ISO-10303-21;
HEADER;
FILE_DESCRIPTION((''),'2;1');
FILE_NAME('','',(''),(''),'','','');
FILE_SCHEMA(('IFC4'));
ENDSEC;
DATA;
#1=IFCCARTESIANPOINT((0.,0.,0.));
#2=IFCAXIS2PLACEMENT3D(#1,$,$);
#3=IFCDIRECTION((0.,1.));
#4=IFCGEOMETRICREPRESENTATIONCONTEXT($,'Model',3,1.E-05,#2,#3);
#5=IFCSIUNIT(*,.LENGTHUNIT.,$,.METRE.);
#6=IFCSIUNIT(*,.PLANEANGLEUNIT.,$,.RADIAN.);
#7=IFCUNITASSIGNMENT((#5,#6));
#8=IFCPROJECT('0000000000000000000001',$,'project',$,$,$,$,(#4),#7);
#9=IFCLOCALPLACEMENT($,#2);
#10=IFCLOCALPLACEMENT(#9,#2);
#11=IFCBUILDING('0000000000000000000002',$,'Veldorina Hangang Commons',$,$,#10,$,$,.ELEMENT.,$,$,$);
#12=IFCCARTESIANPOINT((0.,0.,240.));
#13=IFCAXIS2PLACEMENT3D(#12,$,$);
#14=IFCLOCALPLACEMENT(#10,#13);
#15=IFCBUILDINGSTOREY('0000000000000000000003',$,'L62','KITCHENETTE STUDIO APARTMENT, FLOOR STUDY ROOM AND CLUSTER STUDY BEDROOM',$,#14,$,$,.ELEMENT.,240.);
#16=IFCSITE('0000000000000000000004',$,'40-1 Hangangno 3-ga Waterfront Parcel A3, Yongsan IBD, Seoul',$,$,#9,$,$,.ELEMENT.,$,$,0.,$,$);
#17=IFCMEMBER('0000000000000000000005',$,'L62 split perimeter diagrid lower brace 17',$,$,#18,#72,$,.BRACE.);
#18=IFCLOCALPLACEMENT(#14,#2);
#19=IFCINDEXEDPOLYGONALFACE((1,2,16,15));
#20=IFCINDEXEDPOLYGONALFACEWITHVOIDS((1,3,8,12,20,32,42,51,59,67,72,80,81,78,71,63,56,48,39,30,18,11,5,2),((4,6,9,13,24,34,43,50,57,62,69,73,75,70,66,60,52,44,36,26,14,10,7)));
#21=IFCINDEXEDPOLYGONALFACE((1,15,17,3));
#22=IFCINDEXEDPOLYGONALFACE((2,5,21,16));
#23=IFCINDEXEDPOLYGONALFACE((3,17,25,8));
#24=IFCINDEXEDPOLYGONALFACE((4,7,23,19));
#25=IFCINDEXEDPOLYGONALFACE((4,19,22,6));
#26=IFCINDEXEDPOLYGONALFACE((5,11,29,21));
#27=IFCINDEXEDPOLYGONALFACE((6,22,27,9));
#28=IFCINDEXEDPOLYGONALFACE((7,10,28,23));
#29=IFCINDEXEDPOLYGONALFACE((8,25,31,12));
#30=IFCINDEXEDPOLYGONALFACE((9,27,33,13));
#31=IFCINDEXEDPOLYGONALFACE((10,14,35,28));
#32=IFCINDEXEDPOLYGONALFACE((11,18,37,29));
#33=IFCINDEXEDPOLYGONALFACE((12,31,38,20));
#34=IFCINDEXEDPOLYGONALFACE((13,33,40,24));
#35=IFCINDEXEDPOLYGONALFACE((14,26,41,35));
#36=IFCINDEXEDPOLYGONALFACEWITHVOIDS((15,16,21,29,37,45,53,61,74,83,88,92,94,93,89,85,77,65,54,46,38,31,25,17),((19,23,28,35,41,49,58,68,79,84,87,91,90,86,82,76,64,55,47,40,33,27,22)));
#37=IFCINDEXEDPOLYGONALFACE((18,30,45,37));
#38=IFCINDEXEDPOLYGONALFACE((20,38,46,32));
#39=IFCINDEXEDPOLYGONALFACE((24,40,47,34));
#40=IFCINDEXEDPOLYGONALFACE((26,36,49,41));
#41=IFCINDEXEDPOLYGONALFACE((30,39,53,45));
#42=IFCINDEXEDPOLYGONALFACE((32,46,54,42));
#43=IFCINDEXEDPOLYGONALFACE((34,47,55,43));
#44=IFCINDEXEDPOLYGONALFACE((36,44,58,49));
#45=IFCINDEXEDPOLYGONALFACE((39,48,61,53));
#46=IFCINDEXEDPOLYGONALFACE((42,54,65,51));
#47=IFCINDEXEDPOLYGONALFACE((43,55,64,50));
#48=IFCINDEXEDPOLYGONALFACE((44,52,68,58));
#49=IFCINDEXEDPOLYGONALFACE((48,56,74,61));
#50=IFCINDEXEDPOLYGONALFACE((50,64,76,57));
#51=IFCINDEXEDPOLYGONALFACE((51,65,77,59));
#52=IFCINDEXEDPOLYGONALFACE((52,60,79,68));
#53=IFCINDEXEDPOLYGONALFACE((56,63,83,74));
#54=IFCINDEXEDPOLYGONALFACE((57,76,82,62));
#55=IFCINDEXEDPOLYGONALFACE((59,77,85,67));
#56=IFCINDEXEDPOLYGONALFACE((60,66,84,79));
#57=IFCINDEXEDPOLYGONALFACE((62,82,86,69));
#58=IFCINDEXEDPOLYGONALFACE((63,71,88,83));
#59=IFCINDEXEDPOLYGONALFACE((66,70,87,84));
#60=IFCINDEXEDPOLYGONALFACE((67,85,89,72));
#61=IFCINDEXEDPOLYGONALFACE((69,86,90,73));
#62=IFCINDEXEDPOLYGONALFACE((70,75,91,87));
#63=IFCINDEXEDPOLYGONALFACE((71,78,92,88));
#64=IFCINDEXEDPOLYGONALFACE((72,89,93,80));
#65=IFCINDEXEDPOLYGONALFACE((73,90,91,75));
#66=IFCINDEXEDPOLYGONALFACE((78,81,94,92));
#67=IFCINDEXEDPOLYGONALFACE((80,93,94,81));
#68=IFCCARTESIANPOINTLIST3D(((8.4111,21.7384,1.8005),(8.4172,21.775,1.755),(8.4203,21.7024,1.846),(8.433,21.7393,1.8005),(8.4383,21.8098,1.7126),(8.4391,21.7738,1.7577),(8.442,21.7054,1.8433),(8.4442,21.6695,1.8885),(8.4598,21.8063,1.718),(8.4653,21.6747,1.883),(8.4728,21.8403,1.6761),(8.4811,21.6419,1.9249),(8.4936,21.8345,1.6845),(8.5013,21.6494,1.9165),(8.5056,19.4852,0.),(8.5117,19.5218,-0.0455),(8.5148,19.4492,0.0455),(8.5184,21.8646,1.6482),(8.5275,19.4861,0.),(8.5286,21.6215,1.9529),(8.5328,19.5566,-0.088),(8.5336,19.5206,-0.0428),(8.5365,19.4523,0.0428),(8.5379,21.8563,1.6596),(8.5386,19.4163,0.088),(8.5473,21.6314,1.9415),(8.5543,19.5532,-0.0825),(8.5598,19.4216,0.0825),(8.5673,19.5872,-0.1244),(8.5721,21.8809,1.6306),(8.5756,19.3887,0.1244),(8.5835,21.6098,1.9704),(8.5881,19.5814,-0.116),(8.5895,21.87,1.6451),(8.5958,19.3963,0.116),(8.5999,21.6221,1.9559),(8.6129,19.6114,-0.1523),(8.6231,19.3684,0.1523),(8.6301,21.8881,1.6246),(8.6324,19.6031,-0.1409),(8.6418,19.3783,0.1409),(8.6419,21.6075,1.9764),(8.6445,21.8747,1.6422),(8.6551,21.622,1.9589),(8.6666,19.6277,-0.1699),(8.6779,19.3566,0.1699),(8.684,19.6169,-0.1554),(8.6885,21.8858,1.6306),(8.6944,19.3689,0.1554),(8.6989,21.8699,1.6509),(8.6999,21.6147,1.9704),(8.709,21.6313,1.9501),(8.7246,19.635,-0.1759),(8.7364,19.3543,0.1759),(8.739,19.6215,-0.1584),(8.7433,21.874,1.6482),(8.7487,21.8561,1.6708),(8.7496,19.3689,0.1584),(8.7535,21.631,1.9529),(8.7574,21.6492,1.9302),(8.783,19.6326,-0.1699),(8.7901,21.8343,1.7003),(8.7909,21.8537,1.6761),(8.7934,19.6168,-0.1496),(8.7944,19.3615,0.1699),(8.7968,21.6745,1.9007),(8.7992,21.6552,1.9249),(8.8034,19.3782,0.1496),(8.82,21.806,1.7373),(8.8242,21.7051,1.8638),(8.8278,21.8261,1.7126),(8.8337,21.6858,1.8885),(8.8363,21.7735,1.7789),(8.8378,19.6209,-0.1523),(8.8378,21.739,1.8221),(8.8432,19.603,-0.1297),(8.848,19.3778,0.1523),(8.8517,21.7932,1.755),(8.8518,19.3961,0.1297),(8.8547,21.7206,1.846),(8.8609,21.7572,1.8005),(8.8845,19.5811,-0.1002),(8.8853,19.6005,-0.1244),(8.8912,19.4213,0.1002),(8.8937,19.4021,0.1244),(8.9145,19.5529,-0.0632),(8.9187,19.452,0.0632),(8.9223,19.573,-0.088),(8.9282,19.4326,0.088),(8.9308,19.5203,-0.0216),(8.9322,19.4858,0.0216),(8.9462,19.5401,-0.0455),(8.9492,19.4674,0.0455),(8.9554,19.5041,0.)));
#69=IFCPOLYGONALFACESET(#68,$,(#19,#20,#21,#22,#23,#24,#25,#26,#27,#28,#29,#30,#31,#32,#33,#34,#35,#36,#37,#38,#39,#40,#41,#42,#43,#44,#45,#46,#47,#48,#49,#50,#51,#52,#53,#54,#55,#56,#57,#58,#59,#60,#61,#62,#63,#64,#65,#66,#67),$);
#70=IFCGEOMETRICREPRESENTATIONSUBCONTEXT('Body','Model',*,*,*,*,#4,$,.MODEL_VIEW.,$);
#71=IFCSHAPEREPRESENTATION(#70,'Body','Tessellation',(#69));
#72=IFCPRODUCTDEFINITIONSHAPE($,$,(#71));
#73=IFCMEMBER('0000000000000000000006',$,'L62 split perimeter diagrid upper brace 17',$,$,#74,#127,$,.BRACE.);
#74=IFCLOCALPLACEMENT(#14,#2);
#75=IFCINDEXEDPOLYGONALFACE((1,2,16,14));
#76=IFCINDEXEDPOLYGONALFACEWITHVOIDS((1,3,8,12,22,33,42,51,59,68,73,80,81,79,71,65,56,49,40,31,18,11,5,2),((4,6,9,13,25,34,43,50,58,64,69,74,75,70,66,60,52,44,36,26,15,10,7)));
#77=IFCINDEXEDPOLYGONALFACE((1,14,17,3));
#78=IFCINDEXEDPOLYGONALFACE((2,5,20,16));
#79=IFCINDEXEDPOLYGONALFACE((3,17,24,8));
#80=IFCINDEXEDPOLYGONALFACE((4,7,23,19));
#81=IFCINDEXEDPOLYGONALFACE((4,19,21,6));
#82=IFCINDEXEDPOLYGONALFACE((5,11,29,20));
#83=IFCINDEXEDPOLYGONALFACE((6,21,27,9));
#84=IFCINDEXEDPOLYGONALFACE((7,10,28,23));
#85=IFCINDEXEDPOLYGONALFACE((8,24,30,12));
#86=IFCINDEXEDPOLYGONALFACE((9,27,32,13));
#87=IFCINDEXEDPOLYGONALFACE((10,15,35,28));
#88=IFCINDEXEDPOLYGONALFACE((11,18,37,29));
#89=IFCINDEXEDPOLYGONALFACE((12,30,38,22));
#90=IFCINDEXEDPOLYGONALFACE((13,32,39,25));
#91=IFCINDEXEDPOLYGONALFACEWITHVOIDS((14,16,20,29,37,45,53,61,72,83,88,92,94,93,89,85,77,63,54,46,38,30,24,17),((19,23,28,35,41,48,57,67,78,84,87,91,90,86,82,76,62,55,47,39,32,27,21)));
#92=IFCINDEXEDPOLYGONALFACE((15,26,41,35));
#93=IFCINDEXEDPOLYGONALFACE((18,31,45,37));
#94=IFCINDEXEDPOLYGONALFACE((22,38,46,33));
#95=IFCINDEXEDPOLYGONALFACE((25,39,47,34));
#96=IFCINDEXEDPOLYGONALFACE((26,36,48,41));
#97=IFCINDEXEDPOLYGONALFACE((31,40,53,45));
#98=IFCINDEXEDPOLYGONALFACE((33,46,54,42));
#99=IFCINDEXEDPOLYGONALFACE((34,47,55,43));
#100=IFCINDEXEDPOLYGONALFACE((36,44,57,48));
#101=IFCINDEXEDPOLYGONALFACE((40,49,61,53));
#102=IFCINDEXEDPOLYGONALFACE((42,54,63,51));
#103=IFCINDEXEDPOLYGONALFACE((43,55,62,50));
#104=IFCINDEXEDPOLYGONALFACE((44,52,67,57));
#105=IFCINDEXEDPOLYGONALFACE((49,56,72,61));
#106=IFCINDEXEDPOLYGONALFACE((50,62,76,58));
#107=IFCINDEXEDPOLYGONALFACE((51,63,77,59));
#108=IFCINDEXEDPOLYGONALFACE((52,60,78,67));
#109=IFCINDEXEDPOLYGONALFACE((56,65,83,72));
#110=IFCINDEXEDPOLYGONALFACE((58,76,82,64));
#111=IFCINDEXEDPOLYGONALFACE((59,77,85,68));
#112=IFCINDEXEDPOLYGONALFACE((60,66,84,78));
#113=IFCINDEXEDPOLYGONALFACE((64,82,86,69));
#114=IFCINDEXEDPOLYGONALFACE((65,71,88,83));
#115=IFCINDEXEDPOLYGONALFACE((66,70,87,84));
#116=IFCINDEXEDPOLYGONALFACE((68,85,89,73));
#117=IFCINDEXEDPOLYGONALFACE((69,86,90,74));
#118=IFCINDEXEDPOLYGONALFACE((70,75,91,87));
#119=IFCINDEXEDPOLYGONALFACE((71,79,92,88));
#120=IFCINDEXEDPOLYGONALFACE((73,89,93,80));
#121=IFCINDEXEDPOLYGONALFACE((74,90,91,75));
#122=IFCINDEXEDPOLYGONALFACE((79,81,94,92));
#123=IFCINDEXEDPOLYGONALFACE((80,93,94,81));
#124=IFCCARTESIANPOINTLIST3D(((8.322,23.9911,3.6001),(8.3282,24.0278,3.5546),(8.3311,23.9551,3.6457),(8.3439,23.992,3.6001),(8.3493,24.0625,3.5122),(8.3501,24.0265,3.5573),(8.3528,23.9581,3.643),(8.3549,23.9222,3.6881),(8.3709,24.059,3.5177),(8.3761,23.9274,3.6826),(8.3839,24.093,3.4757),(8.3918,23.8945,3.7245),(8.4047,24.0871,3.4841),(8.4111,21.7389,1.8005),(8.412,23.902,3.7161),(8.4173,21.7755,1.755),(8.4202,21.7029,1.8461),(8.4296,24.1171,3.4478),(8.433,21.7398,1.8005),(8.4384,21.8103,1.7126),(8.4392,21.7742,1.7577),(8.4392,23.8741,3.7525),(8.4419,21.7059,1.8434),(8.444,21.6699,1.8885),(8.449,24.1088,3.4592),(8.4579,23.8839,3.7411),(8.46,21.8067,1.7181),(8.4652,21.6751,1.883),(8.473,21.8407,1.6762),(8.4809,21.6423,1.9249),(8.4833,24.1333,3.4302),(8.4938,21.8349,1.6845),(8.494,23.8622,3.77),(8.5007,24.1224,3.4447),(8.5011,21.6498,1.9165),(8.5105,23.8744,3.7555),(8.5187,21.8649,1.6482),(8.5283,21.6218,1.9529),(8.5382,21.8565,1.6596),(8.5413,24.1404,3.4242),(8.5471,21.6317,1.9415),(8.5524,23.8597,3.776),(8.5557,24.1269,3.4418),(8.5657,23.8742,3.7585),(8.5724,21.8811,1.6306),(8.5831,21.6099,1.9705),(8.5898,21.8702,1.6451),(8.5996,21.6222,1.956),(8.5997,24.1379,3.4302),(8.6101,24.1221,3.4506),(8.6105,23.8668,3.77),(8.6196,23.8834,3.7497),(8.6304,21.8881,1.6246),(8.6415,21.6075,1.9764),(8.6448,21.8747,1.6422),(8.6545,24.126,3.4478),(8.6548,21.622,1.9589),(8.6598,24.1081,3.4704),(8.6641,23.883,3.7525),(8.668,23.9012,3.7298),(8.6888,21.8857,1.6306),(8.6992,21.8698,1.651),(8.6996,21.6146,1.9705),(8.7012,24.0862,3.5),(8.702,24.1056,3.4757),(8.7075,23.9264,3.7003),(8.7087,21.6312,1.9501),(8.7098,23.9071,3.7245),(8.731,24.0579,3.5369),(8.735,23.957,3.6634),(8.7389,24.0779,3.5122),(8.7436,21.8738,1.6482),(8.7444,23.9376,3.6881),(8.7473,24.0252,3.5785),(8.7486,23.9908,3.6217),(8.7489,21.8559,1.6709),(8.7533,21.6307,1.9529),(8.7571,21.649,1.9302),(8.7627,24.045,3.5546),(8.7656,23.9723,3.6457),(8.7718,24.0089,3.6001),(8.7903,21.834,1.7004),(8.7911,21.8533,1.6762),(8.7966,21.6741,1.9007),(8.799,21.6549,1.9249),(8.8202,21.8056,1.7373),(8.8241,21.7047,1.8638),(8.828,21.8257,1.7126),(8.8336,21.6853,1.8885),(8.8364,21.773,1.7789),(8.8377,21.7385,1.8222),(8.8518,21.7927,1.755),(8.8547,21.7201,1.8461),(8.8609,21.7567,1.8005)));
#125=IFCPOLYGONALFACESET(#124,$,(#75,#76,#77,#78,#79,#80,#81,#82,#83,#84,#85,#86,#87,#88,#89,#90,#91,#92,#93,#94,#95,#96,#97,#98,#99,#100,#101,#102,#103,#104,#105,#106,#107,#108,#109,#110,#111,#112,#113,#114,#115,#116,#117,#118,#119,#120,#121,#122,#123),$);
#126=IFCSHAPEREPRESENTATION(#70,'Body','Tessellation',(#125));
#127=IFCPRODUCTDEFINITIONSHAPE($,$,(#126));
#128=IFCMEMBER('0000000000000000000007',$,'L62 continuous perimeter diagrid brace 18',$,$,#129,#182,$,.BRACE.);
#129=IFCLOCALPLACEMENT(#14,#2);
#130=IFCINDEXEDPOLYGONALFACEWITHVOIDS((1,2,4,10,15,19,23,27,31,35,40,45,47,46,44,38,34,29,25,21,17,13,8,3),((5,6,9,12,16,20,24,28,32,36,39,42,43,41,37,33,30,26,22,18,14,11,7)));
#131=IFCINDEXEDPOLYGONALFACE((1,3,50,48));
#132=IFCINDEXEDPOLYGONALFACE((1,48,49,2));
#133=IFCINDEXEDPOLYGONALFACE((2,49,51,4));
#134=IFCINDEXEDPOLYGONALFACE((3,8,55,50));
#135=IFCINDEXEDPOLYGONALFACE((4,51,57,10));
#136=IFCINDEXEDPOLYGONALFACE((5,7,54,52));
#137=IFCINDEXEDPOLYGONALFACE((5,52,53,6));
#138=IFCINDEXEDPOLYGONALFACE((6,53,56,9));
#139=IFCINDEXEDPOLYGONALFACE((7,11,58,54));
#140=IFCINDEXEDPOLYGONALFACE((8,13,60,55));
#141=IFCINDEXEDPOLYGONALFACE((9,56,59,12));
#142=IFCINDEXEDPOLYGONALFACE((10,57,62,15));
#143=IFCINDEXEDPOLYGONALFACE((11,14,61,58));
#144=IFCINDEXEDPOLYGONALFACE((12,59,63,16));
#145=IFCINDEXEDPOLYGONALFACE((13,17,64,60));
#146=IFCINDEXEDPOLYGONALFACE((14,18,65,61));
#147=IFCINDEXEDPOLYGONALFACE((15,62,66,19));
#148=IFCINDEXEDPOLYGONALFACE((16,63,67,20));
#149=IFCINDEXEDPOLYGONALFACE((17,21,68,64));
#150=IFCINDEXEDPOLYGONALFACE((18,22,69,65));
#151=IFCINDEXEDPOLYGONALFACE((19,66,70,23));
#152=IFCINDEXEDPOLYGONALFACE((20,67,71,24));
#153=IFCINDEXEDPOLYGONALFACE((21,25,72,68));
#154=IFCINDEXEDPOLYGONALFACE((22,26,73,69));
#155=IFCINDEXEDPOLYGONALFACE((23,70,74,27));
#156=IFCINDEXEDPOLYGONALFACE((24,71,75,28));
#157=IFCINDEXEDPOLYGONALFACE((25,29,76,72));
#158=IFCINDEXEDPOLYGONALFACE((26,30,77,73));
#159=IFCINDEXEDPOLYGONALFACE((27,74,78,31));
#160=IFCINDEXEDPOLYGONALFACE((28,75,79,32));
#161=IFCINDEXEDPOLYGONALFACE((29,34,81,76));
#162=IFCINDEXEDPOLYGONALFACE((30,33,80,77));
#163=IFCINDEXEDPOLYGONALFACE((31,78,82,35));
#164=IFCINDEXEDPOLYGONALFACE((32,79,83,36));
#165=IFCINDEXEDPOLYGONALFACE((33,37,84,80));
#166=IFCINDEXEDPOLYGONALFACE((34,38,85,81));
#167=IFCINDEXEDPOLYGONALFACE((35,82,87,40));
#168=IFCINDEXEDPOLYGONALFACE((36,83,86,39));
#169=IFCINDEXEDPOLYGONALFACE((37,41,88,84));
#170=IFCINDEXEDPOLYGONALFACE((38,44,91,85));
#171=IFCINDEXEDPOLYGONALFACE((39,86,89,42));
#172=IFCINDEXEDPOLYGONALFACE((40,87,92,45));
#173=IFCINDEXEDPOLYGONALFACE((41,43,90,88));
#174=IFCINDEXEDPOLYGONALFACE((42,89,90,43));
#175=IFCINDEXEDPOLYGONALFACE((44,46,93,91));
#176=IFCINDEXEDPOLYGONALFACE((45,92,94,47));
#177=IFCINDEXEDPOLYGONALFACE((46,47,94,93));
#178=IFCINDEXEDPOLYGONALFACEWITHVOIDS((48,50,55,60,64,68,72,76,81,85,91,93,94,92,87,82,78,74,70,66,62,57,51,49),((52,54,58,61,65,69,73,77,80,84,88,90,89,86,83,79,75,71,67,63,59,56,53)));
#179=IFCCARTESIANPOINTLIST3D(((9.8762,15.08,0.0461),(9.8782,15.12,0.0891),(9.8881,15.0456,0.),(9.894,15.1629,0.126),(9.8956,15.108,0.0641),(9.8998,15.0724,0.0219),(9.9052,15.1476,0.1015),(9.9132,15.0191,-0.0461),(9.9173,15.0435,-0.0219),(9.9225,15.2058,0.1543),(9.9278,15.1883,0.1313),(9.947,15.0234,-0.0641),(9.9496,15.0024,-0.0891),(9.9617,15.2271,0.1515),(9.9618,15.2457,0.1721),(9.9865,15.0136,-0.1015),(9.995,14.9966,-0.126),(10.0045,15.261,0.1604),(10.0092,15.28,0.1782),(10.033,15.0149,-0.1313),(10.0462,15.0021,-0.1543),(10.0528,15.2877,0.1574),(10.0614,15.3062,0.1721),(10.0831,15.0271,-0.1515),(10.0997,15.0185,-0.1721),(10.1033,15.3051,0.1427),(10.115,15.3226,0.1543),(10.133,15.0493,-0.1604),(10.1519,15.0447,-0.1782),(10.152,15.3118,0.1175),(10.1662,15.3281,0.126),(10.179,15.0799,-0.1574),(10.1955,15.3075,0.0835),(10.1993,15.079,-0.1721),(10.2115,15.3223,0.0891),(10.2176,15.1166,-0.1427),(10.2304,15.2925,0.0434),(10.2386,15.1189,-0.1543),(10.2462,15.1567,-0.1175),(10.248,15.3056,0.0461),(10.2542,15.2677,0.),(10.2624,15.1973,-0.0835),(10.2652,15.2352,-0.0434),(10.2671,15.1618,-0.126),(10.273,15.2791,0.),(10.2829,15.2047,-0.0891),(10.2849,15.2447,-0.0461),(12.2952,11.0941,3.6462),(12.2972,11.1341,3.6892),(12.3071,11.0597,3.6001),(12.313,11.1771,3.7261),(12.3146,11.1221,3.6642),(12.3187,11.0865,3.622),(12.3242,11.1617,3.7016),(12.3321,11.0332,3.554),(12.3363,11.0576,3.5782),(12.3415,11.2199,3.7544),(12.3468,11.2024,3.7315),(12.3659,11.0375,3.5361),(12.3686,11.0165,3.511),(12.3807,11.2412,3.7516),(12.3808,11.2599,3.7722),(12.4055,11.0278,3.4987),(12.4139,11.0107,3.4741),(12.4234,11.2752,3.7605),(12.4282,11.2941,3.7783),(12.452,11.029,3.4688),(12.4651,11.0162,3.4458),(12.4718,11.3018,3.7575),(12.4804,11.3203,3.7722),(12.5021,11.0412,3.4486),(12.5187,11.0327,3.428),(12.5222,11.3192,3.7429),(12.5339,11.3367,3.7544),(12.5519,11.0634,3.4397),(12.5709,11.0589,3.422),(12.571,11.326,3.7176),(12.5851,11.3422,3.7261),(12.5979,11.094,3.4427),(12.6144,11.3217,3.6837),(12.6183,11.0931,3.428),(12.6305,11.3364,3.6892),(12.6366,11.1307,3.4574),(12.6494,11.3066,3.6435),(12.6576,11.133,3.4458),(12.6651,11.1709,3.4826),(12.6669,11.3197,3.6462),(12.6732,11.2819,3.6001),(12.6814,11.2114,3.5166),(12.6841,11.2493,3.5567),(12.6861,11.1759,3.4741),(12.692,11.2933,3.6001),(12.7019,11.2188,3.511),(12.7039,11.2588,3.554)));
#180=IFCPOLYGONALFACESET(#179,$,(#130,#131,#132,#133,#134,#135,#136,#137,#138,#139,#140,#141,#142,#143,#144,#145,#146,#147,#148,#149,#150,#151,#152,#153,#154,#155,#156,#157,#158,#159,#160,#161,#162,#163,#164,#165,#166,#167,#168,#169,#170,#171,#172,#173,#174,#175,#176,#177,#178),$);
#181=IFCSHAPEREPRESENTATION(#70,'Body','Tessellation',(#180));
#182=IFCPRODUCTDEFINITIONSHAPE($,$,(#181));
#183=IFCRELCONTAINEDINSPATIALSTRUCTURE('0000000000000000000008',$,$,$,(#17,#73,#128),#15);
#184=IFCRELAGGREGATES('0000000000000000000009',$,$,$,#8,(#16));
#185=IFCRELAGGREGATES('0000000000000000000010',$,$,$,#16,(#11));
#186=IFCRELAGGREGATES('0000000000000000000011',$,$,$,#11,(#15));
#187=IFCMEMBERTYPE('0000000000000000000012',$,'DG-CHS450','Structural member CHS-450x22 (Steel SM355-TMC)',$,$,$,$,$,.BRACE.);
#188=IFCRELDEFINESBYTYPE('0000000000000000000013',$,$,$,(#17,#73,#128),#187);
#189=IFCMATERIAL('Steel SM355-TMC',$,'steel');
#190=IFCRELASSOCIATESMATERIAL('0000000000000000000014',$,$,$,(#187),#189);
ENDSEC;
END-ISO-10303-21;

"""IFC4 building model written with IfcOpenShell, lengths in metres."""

from ifc_helpers import new_model, si_unit, direction, frame, origin, origin_2d, place, context, subcontext, project, spatial, hollow_circle, extrude, material, material_profile, profile_set, type_object, element, save


model = new_model("IFC4")

# Units and contexts
model_context = context("Model", 3, precision=1e-05, world=origin(), true_north=direction((0.0, 1.0)))
body_context = subcontext(model_context, "Body", "Model", "MODEL_VIEW")
ifc_project = project(units=[si_unit("LENGTHUNIT", "METRE"), si_unit("PLANEANGLEUNIT", "RADIAN")], contexts=[model_context])

# Site, building, storey
site_placement = place(None, origin())
site = spatial("IfcSite", under=ifc_project, at=site_placement, Name="40-1 Hangangno 3-ga Waterfront Parcel A3, Yongsan IBD, Seoul", CompositionType="ELEMENT", RefElevation=0.0)
building_placement = place(site_placement, origin())
building = spatial("IfcBuilding", under=site, at=building_placement, Name="Veldorina Hangang Commons", CompositionType="ELEMENT")
storey_placement = place(building_placement, frame((0.0, 0.0, 240.0)))
storey = spatial("IfcBuildingStorey", under=building, at=storey_placement, Name="L62", Description="KITCHENETTE STUDIO APARTMENT, FLOOR STUDY ROOM AND CLUSTER STUDY BEDROOM", CompositionType="ELEMENT", Elevation=240.0)

# Shared definitions
ifc_material_1 = material(Name="Steel SM355-TMC", Category="steel")

# Members
ifc_material_profile_1 = material_profile(ifc_material_1, hollow_circle(Radius=0.2251, WallThickness=0.022, at=origin_2d()), Name="CHS-450x22")
ifc_profile_set_1 = profile_set([ifc_material_profile_1], Name="Steel SM355-TMC")
member_type_1 = type_object("IfcMemberType", Name="DG-CHS450", Description="Structural member CHS-450x22 (Steel SM355-TMC)", PredefinedType="BRACE", material=ifc_profile_set_1)
member_1_placement = place(storey_placement, frame((8.7305, 19.4946, 0.0), z_axis=(-0.032741, 0.780788, 0.623937), x_axis=(-0.999122, -0.041896, 0.0)))
element("IfcMember", 1, at=member_1_placement, inside=storey, type_object=member_type_1, Name="L62 split perimeter diagrid lower brace 17", PredefinedType="BRACE", context=body_context, shape_type="SweptSolid", body=[
    extrude(hollow_circle(Radius=0.2251, WallThickness=0.022, at=origin_2d()), origin(), (0.0, 0.0, 1.0), 2.8857),
])
member_2_placement = place(storey_placement, frame((8.636, 21.7478, 1.8005), z_axis=(-0.030896, 0.780868, 0.623932), x_axis=(-0.999218, -0.039535, 0.0)))
element("IfcMember", 2, at=member_2_placement, inside=storey, type_object=member_type_1, Name="L62 split perimeter diagrid upper brace 17", PredefinedType="BRACE", context=body_context, shape_type="SweptSolid", body=[
    extrude(hollow_circle(Radius=0.2251, WallThickness=0.022, at=origin_2d()), origin(), (0.0, 0.0, 1.0), 2.8843),
])
member_3_placement = place(storey_placement, frame((10.0806, 15.1624, 0.0), z_axis=(0.410646, -0.676647, 0.611162), x_axis=(0.854885, 0.518817, 0.0)))
element("IfcMember", 3, at=member_3_placement, inside=storey, type_object=member_type_1, Name="L62 continuous perimeter diagrid brace 18", PredefinedType="BRACE", context=body_context, shape_type="SweptSolid", body=[
    extrude(hollow_circle(Radius=0.2251, WallThickness=0.022, at=origin_2d()), origin(), (0.0, 0.0, 1.0), 5.8906),
])

save(model, "model.ifc")
